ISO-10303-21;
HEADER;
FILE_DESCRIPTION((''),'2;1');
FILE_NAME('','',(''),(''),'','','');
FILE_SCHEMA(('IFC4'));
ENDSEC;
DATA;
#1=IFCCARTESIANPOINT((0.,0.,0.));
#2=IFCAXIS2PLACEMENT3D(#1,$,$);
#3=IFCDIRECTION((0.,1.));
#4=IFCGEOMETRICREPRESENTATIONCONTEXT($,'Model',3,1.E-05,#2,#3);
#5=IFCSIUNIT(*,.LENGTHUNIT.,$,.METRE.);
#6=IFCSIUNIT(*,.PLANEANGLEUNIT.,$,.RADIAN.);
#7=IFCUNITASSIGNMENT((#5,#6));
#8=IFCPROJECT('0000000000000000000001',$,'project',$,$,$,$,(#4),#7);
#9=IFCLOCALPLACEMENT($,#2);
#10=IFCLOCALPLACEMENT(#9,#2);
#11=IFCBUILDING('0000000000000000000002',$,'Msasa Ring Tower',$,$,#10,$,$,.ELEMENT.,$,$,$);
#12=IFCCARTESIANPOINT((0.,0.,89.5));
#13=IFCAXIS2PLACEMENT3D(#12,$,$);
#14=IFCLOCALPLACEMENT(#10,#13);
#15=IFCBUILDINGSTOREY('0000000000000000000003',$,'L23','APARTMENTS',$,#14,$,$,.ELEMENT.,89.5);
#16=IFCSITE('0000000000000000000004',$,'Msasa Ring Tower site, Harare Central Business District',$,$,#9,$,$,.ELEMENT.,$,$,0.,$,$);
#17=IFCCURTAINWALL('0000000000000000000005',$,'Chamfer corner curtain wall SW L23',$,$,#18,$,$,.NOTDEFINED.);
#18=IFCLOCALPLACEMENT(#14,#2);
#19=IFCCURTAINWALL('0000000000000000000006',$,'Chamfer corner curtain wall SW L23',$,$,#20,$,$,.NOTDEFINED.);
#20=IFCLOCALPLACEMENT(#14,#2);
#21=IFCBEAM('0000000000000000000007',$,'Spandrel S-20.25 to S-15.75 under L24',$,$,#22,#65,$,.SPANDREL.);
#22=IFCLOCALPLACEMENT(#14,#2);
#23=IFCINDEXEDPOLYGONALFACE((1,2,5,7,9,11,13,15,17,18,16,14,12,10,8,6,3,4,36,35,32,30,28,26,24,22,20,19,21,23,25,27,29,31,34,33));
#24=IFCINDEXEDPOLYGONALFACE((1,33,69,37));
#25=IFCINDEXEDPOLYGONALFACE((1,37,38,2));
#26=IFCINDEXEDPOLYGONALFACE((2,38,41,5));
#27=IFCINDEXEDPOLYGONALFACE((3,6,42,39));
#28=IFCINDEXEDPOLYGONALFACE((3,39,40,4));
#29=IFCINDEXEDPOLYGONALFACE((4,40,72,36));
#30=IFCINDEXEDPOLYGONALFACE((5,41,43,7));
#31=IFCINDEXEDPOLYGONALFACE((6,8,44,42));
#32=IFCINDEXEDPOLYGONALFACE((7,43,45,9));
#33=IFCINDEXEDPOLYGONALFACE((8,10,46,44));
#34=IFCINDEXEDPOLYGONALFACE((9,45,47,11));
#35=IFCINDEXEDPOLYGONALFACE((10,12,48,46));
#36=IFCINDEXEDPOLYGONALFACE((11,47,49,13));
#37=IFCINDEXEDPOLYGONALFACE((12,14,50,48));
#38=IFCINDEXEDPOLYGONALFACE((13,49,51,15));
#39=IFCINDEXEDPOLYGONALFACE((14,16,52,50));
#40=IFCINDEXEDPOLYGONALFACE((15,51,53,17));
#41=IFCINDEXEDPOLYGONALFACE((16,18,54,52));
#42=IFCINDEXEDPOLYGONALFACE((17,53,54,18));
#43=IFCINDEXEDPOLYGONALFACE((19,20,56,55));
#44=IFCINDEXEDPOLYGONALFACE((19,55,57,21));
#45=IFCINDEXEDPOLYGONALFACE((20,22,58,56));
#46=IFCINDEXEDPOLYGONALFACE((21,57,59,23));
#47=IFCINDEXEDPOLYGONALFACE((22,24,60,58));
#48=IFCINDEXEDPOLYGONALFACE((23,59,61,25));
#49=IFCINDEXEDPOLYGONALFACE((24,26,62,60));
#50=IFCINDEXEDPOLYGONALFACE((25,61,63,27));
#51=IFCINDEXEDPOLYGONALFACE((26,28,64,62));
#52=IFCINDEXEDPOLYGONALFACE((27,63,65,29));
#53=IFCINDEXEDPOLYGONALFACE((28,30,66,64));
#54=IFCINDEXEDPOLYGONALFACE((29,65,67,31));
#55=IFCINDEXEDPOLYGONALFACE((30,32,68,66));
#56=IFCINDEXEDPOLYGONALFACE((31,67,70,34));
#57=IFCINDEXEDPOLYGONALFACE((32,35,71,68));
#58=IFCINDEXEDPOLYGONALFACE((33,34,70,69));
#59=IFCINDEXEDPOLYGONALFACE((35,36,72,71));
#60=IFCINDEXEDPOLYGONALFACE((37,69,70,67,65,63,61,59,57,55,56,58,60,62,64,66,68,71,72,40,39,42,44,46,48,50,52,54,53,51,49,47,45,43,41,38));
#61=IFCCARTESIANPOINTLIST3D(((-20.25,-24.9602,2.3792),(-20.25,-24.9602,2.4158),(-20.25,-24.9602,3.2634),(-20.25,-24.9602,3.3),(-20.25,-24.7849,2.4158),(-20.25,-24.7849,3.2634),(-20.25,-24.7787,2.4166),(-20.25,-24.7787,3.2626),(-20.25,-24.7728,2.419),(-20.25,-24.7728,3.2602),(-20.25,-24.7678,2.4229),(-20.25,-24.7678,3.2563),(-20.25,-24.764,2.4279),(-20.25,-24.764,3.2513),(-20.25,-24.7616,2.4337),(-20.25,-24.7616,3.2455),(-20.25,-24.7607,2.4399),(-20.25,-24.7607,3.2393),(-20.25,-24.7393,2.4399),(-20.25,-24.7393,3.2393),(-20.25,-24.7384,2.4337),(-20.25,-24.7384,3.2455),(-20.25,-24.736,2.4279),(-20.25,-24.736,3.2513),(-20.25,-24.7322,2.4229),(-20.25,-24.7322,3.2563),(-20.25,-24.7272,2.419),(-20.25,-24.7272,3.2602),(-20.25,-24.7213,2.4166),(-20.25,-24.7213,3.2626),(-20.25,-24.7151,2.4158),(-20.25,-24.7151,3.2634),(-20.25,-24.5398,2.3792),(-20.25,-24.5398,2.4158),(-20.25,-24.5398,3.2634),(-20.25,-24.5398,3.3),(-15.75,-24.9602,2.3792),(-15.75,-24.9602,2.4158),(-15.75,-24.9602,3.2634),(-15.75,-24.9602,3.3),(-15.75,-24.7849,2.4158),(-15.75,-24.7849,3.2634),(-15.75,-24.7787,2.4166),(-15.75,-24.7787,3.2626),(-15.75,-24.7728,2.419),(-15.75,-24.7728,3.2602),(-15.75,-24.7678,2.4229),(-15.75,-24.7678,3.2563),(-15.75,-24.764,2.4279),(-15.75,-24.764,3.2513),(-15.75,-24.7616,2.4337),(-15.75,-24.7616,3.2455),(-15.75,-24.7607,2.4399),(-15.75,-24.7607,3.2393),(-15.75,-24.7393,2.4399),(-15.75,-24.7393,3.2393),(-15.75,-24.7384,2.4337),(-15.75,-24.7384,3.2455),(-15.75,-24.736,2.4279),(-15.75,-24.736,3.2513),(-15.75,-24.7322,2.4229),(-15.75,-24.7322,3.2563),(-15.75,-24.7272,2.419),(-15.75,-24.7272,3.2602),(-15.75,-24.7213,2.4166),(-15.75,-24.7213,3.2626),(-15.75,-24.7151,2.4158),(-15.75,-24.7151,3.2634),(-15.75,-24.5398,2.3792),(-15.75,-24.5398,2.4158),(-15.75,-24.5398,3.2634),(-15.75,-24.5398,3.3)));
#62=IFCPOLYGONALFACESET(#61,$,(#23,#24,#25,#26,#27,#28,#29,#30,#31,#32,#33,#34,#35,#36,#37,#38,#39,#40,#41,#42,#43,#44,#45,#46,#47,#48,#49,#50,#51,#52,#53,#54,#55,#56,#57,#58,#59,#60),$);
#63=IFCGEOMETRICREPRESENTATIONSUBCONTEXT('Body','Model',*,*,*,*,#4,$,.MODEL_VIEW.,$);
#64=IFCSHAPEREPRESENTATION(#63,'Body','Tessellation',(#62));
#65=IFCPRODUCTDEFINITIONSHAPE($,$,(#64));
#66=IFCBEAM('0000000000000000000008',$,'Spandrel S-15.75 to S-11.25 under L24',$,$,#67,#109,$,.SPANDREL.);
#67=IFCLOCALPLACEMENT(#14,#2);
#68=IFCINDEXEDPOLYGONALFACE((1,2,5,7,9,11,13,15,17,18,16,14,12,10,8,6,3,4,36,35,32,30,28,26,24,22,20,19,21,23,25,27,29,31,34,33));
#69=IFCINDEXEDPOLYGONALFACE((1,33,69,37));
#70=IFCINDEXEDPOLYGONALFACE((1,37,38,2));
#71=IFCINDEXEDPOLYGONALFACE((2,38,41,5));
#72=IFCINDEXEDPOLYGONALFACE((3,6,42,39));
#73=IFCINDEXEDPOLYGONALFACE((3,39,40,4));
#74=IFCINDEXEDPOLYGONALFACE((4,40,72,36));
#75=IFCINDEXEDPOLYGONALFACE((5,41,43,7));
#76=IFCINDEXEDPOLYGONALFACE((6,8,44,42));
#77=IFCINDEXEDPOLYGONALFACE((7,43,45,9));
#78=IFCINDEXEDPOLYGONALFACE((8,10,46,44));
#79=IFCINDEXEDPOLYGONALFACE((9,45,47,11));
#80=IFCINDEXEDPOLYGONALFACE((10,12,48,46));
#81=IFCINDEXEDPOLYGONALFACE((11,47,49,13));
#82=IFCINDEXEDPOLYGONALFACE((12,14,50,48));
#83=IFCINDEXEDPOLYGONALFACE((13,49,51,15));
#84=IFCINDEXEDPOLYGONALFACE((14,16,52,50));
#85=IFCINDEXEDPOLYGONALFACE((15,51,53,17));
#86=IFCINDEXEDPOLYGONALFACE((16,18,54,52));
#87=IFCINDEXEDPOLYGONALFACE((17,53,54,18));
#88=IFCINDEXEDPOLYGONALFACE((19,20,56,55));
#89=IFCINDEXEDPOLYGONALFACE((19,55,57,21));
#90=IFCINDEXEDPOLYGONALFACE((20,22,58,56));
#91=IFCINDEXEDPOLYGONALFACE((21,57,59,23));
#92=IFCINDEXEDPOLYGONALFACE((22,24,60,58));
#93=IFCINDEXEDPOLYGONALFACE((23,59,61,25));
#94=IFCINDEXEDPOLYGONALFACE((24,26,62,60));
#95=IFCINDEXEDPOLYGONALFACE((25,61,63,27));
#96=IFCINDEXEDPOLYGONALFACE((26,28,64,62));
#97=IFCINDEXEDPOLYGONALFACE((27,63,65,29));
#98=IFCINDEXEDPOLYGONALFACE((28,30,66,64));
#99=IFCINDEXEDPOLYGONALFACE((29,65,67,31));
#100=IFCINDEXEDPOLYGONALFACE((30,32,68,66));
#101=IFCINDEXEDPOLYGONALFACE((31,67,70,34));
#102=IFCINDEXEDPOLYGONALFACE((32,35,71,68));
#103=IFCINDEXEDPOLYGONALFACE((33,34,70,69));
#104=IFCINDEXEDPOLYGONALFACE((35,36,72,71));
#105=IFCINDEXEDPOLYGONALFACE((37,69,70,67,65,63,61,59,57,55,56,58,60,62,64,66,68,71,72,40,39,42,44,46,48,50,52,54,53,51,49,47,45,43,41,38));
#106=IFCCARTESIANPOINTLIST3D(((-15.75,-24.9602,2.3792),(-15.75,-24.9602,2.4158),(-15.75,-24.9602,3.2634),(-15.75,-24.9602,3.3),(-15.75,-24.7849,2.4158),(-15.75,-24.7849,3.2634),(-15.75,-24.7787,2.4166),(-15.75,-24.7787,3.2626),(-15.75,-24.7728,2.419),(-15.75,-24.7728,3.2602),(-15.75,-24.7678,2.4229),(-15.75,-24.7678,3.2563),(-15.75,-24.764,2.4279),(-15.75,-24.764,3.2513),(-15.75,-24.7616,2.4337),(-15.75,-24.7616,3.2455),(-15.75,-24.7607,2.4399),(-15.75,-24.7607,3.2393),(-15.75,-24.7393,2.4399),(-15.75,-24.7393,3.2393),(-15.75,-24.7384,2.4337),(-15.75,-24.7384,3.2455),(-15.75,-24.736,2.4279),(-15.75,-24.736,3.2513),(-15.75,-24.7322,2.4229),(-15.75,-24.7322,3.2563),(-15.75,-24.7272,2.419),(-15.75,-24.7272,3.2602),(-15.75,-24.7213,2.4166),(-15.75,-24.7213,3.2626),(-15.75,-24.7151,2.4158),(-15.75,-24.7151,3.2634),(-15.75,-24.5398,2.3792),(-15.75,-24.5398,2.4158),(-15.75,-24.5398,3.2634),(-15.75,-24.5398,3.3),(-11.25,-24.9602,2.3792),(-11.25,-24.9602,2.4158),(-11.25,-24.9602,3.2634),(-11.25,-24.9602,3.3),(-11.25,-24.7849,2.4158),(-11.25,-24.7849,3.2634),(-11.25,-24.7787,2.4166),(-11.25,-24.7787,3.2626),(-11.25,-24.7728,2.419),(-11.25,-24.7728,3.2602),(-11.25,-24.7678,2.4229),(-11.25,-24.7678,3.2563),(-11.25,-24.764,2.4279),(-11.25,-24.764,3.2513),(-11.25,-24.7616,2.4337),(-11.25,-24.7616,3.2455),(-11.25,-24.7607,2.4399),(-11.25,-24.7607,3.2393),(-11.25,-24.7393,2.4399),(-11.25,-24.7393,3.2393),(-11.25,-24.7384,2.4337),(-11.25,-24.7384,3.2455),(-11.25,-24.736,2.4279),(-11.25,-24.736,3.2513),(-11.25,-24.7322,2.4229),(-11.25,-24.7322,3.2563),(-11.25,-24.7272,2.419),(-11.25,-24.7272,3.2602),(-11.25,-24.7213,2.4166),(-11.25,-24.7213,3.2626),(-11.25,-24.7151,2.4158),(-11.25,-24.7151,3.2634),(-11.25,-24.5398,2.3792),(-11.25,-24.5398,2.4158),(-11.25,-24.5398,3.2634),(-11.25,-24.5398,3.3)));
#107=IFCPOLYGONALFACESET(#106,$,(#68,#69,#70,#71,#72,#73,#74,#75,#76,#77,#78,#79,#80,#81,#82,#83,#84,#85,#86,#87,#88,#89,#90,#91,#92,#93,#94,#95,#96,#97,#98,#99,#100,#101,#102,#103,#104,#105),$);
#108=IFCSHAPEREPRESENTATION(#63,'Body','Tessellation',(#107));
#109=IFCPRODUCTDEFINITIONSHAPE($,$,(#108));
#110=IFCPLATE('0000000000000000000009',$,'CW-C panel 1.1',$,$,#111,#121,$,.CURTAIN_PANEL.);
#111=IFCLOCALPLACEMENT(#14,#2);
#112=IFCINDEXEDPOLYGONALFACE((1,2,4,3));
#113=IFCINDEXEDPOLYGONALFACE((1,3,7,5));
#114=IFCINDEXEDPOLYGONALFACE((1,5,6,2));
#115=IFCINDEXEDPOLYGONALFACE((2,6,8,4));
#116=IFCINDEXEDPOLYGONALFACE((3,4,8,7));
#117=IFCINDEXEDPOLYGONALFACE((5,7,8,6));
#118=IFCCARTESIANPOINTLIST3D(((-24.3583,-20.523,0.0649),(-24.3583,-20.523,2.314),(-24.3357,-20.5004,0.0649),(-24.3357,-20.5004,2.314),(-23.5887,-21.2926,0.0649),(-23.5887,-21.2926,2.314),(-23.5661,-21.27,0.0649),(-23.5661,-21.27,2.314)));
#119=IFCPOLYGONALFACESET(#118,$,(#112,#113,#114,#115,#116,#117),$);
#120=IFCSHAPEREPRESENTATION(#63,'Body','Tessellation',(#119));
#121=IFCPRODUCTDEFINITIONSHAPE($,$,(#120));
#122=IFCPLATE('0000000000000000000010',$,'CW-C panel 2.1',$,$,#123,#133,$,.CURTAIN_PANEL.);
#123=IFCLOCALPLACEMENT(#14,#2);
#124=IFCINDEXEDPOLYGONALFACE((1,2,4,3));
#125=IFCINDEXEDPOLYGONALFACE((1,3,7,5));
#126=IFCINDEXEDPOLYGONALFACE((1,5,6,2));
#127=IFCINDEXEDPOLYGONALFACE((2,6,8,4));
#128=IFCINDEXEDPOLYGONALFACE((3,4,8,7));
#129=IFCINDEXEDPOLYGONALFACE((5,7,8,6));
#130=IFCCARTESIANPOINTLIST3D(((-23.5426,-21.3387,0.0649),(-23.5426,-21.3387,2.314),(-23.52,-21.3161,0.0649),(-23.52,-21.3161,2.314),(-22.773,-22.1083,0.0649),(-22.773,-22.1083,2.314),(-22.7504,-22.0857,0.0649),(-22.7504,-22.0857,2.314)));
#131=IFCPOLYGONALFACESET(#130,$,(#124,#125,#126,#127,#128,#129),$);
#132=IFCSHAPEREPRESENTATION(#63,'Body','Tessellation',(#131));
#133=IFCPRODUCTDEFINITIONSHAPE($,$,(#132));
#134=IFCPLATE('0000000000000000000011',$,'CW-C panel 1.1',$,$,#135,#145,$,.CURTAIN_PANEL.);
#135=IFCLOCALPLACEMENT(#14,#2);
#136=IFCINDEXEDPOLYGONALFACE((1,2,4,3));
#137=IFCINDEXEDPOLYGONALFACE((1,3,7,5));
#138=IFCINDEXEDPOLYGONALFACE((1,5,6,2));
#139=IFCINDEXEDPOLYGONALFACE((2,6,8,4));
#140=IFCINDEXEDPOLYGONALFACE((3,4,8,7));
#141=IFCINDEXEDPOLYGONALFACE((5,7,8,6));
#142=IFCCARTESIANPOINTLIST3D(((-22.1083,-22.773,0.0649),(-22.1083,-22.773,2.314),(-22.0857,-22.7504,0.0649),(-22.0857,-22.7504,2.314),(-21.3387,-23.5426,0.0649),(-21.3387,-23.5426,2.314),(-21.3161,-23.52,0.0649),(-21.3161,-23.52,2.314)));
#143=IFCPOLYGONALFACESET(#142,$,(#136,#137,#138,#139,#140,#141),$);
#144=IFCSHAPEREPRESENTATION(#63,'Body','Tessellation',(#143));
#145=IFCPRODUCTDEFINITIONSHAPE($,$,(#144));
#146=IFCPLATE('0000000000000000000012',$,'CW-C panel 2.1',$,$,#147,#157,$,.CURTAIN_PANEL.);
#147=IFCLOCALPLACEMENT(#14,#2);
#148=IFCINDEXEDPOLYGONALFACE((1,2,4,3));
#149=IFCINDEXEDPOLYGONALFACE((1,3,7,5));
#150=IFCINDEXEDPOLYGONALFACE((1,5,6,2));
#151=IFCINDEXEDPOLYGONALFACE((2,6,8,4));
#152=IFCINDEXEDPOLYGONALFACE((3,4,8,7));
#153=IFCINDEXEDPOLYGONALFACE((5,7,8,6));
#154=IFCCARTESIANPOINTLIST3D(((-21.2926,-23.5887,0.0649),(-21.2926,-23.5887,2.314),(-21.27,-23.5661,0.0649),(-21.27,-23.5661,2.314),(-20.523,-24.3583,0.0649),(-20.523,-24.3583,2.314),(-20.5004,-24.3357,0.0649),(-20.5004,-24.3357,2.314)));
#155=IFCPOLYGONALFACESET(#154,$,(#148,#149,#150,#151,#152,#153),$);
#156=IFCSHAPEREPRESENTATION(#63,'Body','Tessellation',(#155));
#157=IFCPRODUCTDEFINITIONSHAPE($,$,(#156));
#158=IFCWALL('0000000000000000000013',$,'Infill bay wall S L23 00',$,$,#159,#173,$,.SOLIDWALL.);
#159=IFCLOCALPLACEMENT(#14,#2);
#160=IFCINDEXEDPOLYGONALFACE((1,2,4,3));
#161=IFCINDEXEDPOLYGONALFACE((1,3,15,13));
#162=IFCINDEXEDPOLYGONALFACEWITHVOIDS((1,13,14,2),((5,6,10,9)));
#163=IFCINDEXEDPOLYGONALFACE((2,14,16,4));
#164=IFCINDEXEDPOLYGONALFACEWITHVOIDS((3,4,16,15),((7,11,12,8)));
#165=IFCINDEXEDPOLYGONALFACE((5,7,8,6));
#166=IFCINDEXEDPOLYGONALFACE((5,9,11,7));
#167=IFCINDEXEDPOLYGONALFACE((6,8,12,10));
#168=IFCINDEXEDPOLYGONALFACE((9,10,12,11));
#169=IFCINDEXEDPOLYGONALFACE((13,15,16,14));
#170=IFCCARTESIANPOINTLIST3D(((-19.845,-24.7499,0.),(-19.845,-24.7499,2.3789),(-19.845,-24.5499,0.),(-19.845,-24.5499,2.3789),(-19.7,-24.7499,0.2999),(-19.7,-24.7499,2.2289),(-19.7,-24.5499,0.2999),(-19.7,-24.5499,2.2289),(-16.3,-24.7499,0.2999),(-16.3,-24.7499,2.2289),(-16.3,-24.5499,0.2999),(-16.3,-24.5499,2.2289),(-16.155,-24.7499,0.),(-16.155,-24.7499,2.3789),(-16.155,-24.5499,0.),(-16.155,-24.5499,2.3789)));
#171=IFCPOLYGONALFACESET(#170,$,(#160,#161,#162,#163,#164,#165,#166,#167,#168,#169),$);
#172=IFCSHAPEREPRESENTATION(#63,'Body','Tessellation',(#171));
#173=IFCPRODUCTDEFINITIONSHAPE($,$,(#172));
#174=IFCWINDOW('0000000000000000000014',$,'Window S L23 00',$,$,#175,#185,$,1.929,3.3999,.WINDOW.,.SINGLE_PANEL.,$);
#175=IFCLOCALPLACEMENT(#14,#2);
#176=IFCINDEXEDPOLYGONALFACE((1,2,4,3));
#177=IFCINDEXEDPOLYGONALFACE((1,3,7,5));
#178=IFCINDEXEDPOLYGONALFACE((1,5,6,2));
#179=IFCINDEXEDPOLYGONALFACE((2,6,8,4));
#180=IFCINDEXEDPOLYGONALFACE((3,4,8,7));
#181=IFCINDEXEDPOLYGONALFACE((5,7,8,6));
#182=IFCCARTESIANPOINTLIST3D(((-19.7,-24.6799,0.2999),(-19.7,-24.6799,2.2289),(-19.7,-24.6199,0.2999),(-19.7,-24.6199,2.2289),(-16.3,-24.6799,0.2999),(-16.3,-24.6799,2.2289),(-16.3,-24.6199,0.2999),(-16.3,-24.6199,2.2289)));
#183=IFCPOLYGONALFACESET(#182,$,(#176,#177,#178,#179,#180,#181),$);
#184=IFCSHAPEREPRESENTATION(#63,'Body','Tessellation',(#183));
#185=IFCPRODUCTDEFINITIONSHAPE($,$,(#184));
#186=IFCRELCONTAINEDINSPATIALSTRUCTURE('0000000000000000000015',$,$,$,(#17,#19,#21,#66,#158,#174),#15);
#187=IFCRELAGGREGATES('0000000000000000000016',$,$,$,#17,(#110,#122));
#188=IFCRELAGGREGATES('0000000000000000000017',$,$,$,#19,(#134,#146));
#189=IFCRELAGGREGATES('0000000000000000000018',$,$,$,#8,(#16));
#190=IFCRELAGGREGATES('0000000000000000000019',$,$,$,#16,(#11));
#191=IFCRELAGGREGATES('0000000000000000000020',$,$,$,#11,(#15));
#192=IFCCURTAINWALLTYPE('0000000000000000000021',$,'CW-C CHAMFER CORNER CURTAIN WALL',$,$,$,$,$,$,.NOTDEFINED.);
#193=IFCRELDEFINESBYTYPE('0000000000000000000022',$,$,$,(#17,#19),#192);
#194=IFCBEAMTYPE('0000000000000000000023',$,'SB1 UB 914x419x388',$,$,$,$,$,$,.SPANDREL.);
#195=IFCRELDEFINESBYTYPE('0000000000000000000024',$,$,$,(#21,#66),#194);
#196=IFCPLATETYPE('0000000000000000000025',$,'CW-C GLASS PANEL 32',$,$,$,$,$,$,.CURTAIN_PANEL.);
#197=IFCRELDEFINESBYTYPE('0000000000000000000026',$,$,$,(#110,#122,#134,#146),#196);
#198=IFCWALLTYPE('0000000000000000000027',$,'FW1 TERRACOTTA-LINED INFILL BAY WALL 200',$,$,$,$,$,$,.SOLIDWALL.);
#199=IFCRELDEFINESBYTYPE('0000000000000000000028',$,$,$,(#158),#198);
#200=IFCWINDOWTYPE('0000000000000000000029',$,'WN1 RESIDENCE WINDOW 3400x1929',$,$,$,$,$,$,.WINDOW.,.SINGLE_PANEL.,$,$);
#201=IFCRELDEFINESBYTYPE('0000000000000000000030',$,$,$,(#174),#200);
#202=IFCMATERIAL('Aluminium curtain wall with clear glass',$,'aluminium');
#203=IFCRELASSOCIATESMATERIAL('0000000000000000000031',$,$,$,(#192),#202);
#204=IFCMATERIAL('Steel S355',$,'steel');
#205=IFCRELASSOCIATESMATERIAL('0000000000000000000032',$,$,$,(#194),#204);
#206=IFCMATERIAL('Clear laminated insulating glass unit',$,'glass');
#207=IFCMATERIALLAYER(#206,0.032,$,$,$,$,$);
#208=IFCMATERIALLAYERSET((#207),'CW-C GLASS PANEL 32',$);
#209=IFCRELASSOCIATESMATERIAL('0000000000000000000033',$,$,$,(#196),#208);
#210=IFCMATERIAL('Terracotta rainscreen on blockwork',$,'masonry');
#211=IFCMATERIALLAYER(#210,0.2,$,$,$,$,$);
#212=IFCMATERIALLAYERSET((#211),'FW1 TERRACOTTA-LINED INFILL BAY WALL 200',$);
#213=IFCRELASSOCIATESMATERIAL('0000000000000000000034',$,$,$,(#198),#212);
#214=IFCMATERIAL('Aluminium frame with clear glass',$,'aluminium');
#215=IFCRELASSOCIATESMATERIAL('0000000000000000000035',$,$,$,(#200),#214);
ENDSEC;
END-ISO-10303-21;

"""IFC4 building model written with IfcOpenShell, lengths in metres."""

from ifc_helpers import new_model, si_unit, direction, frame, frame_2d, origin, origin_2d, place, context, subcontext, project, spatial, rectangle, i_section, extrude, material, layer, layer_set, material_profile, profile_set, type_object, element, fill, aggregate, save


model = new_model("IFC4")

# Units and contexts
model_context = context("Model", 3, precision=1e-05, world=origin(), true_north=direction((0.0, 1.0)))
body_context = subcontext(model_context, "Body", "Model", "MODEL_VIEW")
ifc_project = project(units=[si_unit("LENGTHUNIT", "METRE"), si_unit("PLANEANGLEUNIT", "RADIAN")], contexts=[model_context])

# Site, building, storey
site_placement = place(None, origin())
site = spatial("IfcSite", under=ifc_project, at=site_placement, Name="Msasa Ring Tower site, Harare Central Business District", CompositionType="ELEMENT", RefElevation=0.0)
building_placement = place(site_placement, origin())
building = spatial("IfcBuilding", under=site, at=building_placement, Name="Msasa Ring Tower", CompositionType="ELEMENT")
storey_placement = place(building_placement, frame((0.0, 0.0, 89.5)))
storey = spatial("IfcBuildingStorey", under=building, at=storey_placement, Name="L23", Description="APARTMENTS", CompositionType="ELEMENT", Elevation=89.5)

# Curtain walls
ifc_material_1 = material(Name="Aluminium curtain wall with clear glass", Category="aluminium")
curtain_wall_type = type_object("IfcCurtainWallType", Name="CW-C CHAMFER CORNER CURTAIN WALL", PredefinedType="NOTDEFINED", material=ifc_material_1)
curtain_wall_1_placement = place(storey_placement, origin())
curtain_wall_1 = element("IfcCurtainWall", 1, at=curtain_wall_1_placement, inside=storey, type_object=curtain_wall_type, Name="Chamfer corner curtain wall SW L23", PredefinedType="NOTDEFINED")
curtain_wall_2_placement = place(storey_placement, origin())
curtain_wall_2 = element("IfcCurtainWall", 2, at=curtain_wall_2_placement, inside=storey, type_object=curtain_wall_type, Name="Chamfer corner curtain wall SW L23", PredefinedType="NOTDEFINED")

# Beams
ifc_material_2 = material(Name="Steel S355", Category="steel")
ifc_material_profile_1 = material_profile(ifc_material_2, i_section(OverallWidth=0.4204, OverallDepth=0.9209, WebThickness=0.0215, FlangeThickness=0.0366, FilletRadius=0.0242, at=origin_2d()), Name="UB 914x419x388")
ifc_profile_set_1 = profile_set([ifc_material_profile_1], Name="Steel S355")
beam_type_1 = type_object("IfcBeamType", Name="SB1 UB 914x419x388", PredefinedType="SPANDREL", material=ifc_profile_set_1)
for number, where, z_axis, x_axis, name in (
    (3, (-20.25, -24.75, 2.8396), (1.0, 0.0, 0.0), (0.0, 1.0, 0.0), "Spandrel S-20.25 to S-15.75 under L24"),
    (4, (-15.75, -24.75, 2.8396), (1.0, 0.0, 0.0), (0.0, 1.0, 0.0), "Spandrel S-15.75 to S-11.25 under L24"),
):
    element("IfcBeam", number, at=place(storey_placement, frame(where, z_axis=z_axis, x_axis=x_axis)), inside=storey, type_object=beam_type_1, Name=name, PredefinedType="SPANDREL", context=body_context, shape_type="SweptSolid", body=[
        extrude(i_section(OverallWidth=0.4204, OverallDepth=0.9209, WebThickness=0.0215, FlangeThickness=0.0366, FilletRadius=0.0242, at=origin_2d()), origin(), (0.0, 0.0, 1.0), 4.5),
    ])

# Plates
ifc_material_3 = material(Name="Clear laminated insulating glass unit", Category="glass")
ifc_layer_1 = layer(ifc_material_3, 0.032)
ifc_layer_set_1 = layer_set([ifc_layer_1], Name="CW-C GLASS PANEL 32")
plate_type = type_object("IfcPlateType", Name="CW-C GLASS PANEL 32", PredefinedType="CURTAIN_PANEL", material=ifc_layer_set_1)
plate_1_placement = place(storey_placement, frame((-23.9622, -20.8965, 0.0649), z_axis=(0.0, 0.0, 1.0), x_axis=(0.707107, -0.707107, 0.0)))
plate_1 = element("IfcPlate", 5, at=plate_1_placement, type_object=plate_type, Name="CW-C panel 1.1", PredefinedType="CURTAIN_PANEL", context=body_context, shape_type="SweptSolid", body=[
    extrude(rectangle(XDim=1.0884, YDim=0.032, at=origin_2d()), origin(), (0.0, 0.0, 1.0), 2.249),
])
plate_2_placement = place(storey_placement, frame((-23.1465, -21.7122, 0.0649), z_axis=(0.0, 0.0, 1.0), x_axis=(0.707107, -0.707107, 0.0)))
plate_2 = element("IfcPlate", 6, at=plate_2_placement, type_object=plate_type, Name="CW-C panel 2.1", PredefinedType="CURTAIN_PANEL", context=body_context, shape_type="SweptSolid", body=[
    extrude(rectangle(XDim=1.0884, YDim=0.032, at=origin_2d()), origin(), (0.0, 0.0, 1.0), 2.249),
])
aggregate(curtain_wall_1, [plate_1, plate_2])
plate_3_placement = place(storey_placement, frame((-21.7122, -23.1465, 0.0649), z_axis=(0.0, 0.0, 1.0), x_axis=(0.707107, -0.707107, 0.0)))
plate_3 = element("IfcPlate", 7, at=plate_3_placement, type_object=plate_type, Name="CW-C panel 1.1", PredefinedType="CURTAIN_PANEL", context=body_context, shape_type="SweptSolid", body=[
    extrude(rectangle(XDim=1.0884, YDim=0.032, at=origin_2d()), origin(), (0.0, 0.0, 1.0), 2.249),
])
plate_4_placement = place(storey_placement, frame((-20.8965, -23.9622, 0.0649), z_axis=(0.0, 0.0, 1.0), x_axis=(0.707107, -0.707107, 0.0)))
plate_4 = element("IfcPlate", 8, at=plate_4_placement, type_object=plate_type, Name="CW-C panel 2.1", PredefinedType="CURTAIN_PANEL", context=body_context, shape_type="SweptSolid", body=[
    extrude(rectangle(XDim=1.0884, YDim=0.032, at=origin_2d()), origin(), (0.0, 0.0, 1.0), 2.249),
])
aggregate(curtain_wall_2, [plate_3, plate_4])

# Wall, opening, window
ifc_material_4 = material(Name="Terracotta rainscreen on blockwork", Category="masonry")
ifc_layer_2 = layer(ifc_material_4, 0.2)
ifc_layer_set_2 = layer_set([ifc_layer_2], Name="FW1 TERRACOTTA-LINED INFILL BAY WALL 200")
wall_type_1 = type_object("IfcWallType", Name="FW1 TERRACOTTA-LINED INFILL BAY WALL 200", PredefinedType="SOLIDWALL", material=ifc_layer_set_2)
wall_1_placement = place(storey_placement, frame((-19.845, -24.6499, 0.0), z_axis=(0.0, 0.0, 1.0), x_axis=(1.0, 0.0, 0.0)))
wall_1 = element("IfcWall", 9, at=wall_1_placement, inside=storey, type_object=wall_type_1, Name="Infill bay wall S L23 00", PredefinedType="SOLIDWALL", context=body_context, shape_type="SweptSolid", body=[
    extrude(rectangle(XDim=3.6899, YDim=0.2, at=frame_2d((1.845, 0.0))), origin(), (0.0, 0.0, 1.0), 2.3789),
])
opening_1_placement = place(wall_1_placement, frame((0.145, 0.0, 0.3)))
opening_1 = element("IfcOpeningElement", 10, at=opening_1_placement, cuts=wall_1, PredefinedType="OPENING", context=body_context, shape_type="SweptSolid", body=[
    extrude(rectangle(XDim=3.3999, YDim=1.929, at=frame_2d((1.7, 0.9644))), frame((0.0, 0.1099, 0.0), z_axis=(0.0, -1.0, 0.0), x_axis=(1.0, 0.0, 0.0)), (0.0, 0.0, 1.0), 0.22),
])
ifc_material_5 = material(Name="Aluminium frame with clear glass", Category="aluminium")
window_type = type_object("IfcWindowType", Name="WN1 RESIDENCE WINDOW 3400x1929", PartitioningType="SINGLE_PANEL", PredefinedType="WINDOW", material=ifc_material_5)
window_1_placement = place(opening_1_placement, origin())
window_1 = element("IfcWindow", 11, at=window_1_placement, inside=storey, type_object=window_type, Name="Window S L23 00", OverallHeight=1.929, OverallWidth=3.3999, PartitioningType="SINGLE_PANEL", PredefinedType="WINDOW", context=body_context, shape_type="SweptSolid", body=[
    extrude(rectangle(XDim=3.3999, YDim=1.929, at=frame_2d((1.7, 0.9644))), frame((0.0, 0.03, 0.0), z_axis=(0.0, -1.0, 0.0), x_axis=(1.0, 0.0, 0.0)), (0.0, 0.0, 1.0), 0.0601),
])
fill(opening_1, window_1)

save(model, "model.ifc")
